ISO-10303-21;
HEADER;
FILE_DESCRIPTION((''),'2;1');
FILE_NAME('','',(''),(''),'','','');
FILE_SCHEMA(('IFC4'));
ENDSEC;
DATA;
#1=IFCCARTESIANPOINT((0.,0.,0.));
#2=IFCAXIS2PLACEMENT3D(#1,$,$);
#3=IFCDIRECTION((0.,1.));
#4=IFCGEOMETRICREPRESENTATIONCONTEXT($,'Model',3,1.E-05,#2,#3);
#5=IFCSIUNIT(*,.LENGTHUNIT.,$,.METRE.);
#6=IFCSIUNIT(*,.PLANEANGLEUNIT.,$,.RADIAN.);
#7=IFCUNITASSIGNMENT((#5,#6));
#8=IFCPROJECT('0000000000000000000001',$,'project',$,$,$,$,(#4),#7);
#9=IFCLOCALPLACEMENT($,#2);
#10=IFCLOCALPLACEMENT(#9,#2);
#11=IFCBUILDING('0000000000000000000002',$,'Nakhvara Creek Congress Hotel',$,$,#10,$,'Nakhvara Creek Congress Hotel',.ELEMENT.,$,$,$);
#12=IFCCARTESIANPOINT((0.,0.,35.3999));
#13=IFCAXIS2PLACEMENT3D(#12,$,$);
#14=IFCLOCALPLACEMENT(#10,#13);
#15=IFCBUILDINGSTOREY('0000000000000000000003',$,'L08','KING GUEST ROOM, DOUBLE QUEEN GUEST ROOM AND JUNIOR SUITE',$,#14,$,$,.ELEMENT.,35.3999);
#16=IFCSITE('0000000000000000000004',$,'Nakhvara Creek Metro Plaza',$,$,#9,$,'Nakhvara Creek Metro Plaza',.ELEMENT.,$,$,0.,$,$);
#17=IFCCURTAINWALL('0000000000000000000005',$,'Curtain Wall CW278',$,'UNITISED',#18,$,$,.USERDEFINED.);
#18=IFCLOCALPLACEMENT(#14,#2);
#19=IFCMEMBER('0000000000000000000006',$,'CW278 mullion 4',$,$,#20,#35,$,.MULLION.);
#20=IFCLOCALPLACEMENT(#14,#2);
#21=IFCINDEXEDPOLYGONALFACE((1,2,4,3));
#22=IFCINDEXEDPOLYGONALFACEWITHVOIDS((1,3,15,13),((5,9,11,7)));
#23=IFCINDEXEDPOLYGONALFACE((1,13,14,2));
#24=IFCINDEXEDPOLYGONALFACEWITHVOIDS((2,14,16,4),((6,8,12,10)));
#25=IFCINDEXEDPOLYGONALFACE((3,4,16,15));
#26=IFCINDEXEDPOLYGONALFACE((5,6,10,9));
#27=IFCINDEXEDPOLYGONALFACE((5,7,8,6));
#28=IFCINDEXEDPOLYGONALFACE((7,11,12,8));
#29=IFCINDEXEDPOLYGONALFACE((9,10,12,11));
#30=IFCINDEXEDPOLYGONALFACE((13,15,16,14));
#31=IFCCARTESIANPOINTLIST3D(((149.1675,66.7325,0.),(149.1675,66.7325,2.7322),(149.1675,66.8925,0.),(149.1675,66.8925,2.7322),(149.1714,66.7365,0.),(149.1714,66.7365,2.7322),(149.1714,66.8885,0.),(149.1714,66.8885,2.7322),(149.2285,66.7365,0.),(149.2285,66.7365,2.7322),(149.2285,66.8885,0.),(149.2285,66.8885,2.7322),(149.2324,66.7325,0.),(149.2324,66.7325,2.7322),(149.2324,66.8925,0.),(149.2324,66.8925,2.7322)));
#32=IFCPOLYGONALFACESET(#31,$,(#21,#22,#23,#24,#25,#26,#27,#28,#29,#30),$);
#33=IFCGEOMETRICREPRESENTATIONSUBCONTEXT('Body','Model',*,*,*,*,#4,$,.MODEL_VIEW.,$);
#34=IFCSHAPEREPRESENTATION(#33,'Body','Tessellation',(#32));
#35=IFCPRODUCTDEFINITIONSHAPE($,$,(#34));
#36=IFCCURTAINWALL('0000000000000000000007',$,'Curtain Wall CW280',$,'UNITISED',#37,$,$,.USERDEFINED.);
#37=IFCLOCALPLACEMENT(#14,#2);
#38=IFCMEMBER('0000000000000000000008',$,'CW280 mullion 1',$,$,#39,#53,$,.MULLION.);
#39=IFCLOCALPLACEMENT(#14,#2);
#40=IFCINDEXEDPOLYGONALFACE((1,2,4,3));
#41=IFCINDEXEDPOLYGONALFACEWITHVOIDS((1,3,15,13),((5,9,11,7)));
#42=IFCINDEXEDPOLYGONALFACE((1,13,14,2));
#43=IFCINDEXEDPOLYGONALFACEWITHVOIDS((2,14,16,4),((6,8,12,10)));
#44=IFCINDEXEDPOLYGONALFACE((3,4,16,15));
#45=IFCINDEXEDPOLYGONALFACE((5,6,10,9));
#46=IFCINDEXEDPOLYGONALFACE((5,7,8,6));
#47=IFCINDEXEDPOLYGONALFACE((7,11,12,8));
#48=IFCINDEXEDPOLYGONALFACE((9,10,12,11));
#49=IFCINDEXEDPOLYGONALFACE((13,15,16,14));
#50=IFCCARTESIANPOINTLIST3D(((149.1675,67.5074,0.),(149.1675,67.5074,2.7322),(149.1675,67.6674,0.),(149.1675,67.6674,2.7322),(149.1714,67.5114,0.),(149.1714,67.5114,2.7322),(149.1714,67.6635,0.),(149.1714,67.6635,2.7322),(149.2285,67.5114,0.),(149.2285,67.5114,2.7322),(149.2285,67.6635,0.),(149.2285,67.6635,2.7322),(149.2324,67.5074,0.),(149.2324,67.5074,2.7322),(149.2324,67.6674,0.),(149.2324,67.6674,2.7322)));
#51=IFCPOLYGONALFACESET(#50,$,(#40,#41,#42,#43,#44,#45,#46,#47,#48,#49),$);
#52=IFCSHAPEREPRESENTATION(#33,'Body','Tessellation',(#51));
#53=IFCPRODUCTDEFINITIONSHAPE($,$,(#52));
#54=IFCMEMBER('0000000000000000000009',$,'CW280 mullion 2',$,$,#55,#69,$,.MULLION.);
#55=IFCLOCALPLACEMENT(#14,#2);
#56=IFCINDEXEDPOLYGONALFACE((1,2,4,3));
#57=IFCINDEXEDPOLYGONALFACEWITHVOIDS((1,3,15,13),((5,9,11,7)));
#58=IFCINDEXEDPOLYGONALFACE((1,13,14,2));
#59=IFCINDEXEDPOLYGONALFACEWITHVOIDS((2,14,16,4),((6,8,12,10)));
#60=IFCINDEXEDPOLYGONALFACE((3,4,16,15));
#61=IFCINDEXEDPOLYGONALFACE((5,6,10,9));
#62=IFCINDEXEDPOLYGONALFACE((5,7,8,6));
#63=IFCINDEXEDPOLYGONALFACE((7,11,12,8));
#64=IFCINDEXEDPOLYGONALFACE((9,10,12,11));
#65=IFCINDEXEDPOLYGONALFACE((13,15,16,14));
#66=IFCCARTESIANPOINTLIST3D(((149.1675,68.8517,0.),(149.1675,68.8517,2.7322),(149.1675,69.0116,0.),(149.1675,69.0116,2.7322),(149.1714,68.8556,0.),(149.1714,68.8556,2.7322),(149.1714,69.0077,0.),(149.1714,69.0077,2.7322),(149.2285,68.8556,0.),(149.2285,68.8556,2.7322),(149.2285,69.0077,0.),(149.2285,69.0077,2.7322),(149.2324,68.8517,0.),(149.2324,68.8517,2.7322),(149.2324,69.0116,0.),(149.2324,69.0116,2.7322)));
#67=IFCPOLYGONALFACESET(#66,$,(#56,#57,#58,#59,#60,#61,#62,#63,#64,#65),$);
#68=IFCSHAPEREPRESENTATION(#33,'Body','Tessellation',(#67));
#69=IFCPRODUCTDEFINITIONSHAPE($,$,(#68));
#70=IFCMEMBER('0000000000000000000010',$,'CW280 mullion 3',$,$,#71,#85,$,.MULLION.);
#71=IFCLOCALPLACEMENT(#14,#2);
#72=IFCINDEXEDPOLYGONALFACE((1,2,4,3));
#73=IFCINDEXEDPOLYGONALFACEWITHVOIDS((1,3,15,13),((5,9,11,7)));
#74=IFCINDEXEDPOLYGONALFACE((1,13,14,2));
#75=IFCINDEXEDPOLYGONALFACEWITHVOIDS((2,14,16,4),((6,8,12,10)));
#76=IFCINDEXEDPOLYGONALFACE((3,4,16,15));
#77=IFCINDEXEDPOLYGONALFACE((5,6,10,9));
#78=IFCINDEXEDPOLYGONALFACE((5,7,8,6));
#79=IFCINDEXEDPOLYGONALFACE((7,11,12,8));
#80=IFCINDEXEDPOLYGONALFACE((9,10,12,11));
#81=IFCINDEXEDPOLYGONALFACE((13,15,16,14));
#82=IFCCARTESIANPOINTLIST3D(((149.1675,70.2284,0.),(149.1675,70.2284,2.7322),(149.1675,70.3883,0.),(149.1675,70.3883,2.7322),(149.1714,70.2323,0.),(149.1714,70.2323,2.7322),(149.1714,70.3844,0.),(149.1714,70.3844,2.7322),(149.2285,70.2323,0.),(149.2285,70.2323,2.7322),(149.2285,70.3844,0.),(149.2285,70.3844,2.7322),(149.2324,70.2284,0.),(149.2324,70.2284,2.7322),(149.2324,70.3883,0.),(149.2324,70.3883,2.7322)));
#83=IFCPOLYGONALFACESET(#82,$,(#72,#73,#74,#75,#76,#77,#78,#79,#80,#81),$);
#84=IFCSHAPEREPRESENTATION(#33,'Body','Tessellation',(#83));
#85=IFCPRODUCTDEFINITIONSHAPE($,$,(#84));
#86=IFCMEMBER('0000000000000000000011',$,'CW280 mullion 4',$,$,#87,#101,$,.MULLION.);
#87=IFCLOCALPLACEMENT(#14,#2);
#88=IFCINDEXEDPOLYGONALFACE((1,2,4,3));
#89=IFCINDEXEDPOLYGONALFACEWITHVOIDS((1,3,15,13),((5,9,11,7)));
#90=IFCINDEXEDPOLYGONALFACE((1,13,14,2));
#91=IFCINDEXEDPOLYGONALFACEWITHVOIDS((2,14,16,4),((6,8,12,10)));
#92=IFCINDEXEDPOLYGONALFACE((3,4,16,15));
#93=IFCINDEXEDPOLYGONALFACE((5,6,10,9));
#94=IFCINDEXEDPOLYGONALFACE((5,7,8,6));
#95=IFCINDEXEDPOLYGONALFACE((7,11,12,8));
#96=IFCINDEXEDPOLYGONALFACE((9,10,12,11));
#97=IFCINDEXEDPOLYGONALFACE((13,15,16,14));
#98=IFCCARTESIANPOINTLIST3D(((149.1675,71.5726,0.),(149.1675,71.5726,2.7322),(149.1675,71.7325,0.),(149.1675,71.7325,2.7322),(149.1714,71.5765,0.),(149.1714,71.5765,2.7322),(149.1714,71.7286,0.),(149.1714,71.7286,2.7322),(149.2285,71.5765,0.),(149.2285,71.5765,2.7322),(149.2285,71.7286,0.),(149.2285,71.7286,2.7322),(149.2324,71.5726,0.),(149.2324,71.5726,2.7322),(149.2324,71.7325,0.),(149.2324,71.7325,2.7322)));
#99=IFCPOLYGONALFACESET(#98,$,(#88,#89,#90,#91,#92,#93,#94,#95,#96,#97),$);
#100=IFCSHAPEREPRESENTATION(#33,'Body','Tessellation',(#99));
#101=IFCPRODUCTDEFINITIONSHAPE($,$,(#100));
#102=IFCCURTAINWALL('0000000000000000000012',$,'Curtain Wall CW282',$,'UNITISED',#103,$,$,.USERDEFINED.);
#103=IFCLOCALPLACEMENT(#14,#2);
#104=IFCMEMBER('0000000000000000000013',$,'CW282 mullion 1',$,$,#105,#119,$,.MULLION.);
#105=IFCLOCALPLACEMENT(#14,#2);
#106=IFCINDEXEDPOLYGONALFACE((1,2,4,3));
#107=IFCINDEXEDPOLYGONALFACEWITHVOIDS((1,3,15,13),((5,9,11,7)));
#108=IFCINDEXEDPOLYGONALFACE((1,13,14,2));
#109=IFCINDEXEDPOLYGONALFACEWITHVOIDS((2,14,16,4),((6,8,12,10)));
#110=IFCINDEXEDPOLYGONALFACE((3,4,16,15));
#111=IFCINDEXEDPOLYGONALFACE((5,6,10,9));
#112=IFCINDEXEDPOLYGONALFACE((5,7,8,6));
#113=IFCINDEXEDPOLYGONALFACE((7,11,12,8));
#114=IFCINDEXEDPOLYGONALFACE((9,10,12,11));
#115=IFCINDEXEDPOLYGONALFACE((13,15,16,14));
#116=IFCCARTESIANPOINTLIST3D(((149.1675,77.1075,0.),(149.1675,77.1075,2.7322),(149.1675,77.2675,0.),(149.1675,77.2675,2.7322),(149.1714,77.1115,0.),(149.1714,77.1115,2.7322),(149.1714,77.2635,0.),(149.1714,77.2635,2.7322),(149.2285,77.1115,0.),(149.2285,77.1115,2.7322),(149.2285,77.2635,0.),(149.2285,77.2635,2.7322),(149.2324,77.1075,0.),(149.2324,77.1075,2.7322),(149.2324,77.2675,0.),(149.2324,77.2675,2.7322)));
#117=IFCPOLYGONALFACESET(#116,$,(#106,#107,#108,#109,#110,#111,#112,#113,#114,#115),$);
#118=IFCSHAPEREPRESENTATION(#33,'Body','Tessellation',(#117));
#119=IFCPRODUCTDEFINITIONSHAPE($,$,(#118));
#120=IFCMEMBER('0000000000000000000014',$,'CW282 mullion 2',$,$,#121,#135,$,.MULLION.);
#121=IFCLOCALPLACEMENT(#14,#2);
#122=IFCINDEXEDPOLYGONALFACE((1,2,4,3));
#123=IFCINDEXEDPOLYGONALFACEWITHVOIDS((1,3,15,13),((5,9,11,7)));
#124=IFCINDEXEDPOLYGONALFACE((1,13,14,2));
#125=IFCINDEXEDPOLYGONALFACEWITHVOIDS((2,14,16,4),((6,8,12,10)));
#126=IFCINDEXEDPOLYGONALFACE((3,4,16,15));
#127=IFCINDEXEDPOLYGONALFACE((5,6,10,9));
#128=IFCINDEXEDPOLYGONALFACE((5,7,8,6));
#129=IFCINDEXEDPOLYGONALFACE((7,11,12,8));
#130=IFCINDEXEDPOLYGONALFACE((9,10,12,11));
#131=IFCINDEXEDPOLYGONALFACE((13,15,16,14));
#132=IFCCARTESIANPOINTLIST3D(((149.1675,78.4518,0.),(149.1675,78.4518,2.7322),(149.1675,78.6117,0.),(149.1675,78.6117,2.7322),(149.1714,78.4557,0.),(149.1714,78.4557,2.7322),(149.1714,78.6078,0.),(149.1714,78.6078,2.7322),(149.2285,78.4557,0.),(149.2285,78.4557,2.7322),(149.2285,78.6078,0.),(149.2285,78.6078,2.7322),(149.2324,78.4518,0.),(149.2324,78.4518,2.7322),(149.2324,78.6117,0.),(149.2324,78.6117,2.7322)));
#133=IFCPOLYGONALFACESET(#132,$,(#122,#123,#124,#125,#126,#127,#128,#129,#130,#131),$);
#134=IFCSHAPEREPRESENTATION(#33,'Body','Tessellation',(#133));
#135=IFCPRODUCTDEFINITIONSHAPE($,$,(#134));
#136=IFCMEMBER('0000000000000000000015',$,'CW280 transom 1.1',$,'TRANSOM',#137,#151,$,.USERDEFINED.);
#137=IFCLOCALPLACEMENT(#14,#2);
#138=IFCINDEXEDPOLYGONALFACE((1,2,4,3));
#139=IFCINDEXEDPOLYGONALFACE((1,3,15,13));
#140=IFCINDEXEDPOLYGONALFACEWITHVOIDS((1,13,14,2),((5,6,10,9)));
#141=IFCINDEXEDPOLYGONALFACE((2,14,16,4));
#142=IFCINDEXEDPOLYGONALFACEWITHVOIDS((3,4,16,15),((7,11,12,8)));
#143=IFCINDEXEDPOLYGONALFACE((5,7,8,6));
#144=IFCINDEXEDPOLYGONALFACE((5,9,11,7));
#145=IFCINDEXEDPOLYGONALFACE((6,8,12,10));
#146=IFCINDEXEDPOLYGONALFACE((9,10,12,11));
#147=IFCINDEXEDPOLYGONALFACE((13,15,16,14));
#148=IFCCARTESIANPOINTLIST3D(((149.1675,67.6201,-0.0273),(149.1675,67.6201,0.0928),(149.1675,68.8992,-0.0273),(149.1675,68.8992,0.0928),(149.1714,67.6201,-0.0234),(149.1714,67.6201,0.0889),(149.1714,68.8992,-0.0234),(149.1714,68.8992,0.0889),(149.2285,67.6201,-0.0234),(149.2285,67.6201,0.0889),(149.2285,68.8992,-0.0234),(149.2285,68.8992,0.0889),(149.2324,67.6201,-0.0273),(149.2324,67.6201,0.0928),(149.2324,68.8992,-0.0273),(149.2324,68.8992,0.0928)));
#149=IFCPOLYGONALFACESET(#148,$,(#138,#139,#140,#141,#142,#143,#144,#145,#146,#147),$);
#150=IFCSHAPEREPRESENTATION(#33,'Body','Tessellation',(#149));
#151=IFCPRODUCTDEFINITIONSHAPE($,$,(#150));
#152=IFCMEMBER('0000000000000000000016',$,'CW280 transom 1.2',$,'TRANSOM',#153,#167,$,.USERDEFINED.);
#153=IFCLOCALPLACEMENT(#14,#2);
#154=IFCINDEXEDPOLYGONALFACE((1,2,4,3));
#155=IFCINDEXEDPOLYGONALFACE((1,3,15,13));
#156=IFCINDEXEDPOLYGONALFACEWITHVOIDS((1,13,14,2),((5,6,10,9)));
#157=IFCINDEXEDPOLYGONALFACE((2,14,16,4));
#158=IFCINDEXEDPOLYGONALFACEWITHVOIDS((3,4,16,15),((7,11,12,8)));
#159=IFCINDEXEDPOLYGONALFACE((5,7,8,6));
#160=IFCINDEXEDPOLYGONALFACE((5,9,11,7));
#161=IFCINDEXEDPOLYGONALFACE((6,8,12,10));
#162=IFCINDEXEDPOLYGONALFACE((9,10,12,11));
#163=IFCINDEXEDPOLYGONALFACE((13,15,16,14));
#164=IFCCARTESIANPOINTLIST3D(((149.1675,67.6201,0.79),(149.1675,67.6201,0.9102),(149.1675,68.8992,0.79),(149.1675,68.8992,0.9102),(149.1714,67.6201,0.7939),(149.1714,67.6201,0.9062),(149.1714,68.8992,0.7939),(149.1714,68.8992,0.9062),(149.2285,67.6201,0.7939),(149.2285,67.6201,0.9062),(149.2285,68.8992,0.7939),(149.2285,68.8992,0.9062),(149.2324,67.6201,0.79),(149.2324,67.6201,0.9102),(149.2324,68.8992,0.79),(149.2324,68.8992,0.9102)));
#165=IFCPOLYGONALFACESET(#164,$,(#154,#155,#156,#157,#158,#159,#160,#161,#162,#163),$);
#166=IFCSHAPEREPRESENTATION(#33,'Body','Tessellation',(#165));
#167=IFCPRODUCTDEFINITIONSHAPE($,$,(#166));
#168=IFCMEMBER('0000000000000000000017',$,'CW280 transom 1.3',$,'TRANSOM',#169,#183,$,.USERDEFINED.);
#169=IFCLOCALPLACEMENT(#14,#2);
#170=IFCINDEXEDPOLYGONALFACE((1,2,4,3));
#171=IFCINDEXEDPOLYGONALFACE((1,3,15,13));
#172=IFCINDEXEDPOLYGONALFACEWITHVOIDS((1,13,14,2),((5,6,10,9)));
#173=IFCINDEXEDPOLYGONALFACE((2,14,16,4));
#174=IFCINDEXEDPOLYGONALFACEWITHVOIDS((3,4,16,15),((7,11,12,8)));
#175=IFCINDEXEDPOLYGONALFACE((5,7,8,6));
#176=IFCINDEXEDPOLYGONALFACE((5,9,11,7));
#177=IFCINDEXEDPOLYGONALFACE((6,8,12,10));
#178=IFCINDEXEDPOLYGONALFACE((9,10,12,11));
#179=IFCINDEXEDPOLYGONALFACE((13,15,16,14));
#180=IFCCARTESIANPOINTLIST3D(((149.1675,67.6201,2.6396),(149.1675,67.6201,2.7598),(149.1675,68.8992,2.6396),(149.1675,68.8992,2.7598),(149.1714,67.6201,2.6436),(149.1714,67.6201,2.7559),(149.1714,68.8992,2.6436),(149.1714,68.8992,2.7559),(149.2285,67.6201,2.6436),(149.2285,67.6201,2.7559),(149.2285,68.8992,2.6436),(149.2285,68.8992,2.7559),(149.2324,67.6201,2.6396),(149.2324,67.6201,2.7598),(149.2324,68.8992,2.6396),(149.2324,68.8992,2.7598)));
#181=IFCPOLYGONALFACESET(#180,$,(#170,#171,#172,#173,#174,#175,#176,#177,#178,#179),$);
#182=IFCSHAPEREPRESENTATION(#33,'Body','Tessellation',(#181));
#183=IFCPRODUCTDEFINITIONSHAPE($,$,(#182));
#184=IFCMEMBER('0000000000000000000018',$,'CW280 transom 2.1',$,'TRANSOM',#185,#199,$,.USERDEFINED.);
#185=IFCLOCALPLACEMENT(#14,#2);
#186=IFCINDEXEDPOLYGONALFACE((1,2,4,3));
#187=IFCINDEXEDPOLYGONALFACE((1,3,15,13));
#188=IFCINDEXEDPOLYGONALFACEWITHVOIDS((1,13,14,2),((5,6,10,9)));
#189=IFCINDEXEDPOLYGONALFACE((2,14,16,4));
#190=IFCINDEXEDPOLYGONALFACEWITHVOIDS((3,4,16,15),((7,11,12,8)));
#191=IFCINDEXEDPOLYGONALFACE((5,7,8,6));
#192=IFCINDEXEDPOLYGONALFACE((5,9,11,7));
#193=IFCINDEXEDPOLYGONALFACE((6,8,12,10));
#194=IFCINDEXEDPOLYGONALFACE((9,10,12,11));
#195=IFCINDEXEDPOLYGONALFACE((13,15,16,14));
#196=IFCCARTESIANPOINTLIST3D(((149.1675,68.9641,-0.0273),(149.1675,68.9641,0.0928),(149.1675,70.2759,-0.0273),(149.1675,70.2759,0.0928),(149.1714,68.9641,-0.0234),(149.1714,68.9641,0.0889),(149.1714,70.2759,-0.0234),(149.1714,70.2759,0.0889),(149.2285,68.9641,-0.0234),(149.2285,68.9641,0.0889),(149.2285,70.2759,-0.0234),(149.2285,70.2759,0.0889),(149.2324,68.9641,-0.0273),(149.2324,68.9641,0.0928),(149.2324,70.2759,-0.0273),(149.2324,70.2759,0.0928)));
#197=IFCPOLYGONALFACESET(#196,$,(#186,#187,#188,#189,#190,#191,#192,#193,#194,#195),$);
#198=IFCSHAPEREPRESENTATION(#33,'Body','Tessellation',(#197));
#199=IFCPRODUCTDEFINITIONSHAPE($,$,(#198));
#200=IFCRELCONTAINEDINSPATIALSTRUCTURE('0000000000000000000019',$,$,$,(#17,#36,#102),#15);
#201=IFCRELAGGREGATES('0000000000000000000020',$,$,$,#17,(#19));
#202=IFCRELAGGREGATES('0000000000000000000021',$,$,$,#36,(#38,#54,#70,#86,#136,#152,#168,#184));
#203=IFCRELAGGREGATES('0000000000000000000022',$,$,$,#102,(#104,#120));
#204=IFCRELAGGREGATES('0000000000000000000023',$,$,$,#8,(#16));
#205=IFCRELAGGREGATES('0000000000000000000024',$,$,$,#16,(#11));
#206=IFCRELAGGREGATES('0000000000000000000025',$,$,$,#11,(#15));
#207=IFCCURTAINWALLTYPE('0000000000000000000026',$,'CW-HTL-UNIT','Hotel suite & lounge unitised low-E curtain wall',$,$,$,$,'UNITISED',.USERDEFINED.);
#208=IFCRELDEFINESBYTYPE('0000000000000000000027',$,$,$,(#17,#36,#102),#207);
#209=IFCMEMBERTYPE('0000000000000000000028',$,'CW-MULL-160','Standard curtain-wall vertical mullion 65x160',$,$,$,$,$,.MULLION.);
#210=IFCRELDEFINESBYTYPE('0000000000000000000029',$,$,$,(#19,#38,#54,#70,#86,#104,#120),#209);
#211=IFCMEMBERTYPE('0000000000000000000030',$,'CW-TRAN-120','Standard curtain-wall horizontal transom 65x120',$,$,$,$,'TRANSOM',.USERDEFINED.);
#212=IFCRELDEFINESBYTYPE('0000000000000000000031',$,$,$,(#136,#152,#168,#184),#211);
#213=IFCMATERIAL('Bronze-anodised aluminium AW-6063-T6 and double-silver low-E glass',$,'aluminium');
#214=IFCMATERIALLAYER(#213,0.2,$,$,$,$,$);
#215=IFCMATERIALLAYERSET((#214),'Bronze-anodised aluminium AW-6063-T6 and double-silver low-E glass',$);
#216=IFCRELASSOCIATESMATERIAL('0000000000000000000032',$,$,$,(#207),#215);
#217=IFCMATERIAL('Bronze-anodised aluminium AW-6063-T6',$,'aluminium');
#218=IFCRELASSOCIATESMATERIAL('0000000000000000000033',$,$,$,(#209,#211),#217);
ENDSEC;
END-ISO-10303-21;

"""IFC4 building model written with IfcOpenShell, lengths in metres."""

from ifc_helpers import new_model, si_unit, direction, frame, origin, origin_2d, place, context, subcontext, project, spatial, hollow_rectangle, extrude, material, layer, layer_set, material_profile, profile_set, type_object, element, aggregate, save


model = new_model("IFC4")

# Units and contexts
model_context = context("Model", 3, precision=1e-05, world=origin(), true_north=direction((0.0, 1.0)))
body_context = subcontext(model_context, "Body", "Model", "MODEL_VIEW")
ifc_project = project(units=[si_unit("LENGTHUNIT", "METRE"), si_unit("PLANEANGLEUNIT", "RADIAN")], contexts=[model_context])

# Site, building, storey
site_placement = place(None, origin())
site = spatial("IfcSite", under=ifc_project, at=site_placement, Name="Nakhvara Creek Metro Plaza", LongName="Nakhvara Creek Metro Plaza", CompositionType="ELEMENT", RefElevation=0.0)
building_placement = place(site_placement, origin())
building = spatial("IfcBuilding", under=site, at=building_placement, Name="Nakhvara Creek Congress Hotel", LongName="Nakhvara Creek Congress Hotel", CompositionType="ELEMENT")
storey_placement = place(building_placement, frame((0.0, 0.0, 35.3999)))
storey = spatial("IfcBuildingStorey", under=building, at=storey_placement, Name="L08", Description="KING GUEST ROOM, DOUBLE QUEEN GUEST ROOM AND JUNIOR SUITE", CompositionType="ELEMENT", Elevation=35.3999)

# Curtain wall, member
ifc_material_1 = material(Name="Bronze-anodised aluminium AW-6063-T6 and double-silver low-E glass", Category="aluminium")
ifc_layer = layer(ifc_material_1, 0.2)
ifc_layer_set = layer_set([ifc_layer], Name="Bronze-anodised aluminium AW-6063-T6 and double-silver low-E glass")
curtain_wall_type = type_object("IfcCurtainWallType", Name="CW-HTL-UNIT", Description="Hotel suite & lounge unitised low-E curtain wall", ElementType="UNITISED", PredefinedType="USERDEFINED", material=ifc_layer_set)
curtain_wall_1_placement = place(storey_placement, origin())
curtain_wall_1 = element("IfcCurtainWall", 1, at=curtain_wall_1_placement, inside=storey, type_object=curtain_wall_type, Name="Curtain Wall CW278", ObjectType="UNITISED", PredefinedType="USERDEFINED")
ifc_material_2 = material(Name="Bronze-anodised aluminium AW-6063-T6", Category="aluminium")
ifc_material_profile_1 = material_profile(ifc_material_2, hollow_rectangle(XDim=0.0649, YDim=0.1599, WallThickness=0.0039, at=origin_2d()), Name="ALU-MULL 65x160x4", Category="LoadBearing")
ifc_profile_set_1 = profile_set([ifc_material_profile_1], Name="Bronze-anodised aluminium AW-6063-T6")
member_type_1 = type_object("IfcMemberType", Name="CW-MULL-160", Description="Standard curtain-wall vertical mullion 65x160", PredefinedType="MULLION", material=ifc_profile_set_1)
member_1_placement = place(storey_placement, frame((149.2, 66.8125, 0.0), z_axis=(0.0, 0.0, 1.0), x_axis=(-1.0, 0.0, 0.0)))
member_1 = element("IfcMember", 2, at=member_1_placement, type_object=member_type_1, Name="CW278 mullion 4", PredefinedType="MULLION", context=body_context, shape_type="SweptSolid", body=[
    extrude(hollow_rectangle(XDim=0.0649, YDim=0.1599, WallThickness=0.0039, at=origin_2d()), origin(), (0.0, 0.0, 1.0), 2.7322),
])

# Curtain walls, members
curtain_wall_2_placement = place(storey_placement, origin())
curtain_wall_2 = element("IfcCurtainWall", 3, at=curtain_wall_2_placement, inside=storey, type_object=curtain_wall_type, Name="Curtain Wall CW280", ObjectType="UNITISED", PredefinedType="USERDEFINED")
member_2_placement = place(storey_placement, frame((149.2, 67.5874, 0.0), z_axis=(0.0, 0.0, 1.0), x_axis=(-1.0, 0.0, 0.0)))
member_2 = element("IfcMember", 4, at=member_2_placement, type_object=member_type_1, Name="CW280 mullion 1", PredefinedType="MULLION", context=body_context, shape_type="SweptSolid", body=[
    extrude(hollow_rectangle(XDim=0.0649, YDim=0.1599, WallThickness=0.0039, at=origin_2d()), origin(), (0.0, 0.0, 1.0), 2.7322),
])
member_3_placement = place(storey_placement, frame((149.2, 68.9316, 0.0), z_axis=(0.0, 0.0, 1.0), x_axis=(-1.0, 0.0, 0.0)))
member_3 = element("IfcMember", 5, at=member_3_placement, type_object=member_type_1, Name="CW280 mullion 2", PredefinedType="MULLION", context=body_context, shape_type="SweptSolid", body=[
    extrude(hollow_rectangle(XDim=0.0649, YDim=0.1599, WallThickness=0.0039, at=origin_2d()), origin(), (0.0, 0.0, 1.0), 2.7322),
])
member_4_placement = place(storey_placement, frame((149.2, 70.3083, 0.0), z_axis=(0.0, 0.0, 1.0), x_axis=(-1.0, 0.0, 0.0)))
member_4 = element("IfcMember", 6, at=member_4_placement, type_object=member_type_1, Name="CW280 mullion 3", PredefinedType="MULLION", context=body_context, shape_type="SweptSolid", body=[
    extrude(hollow_rectangle(XDim=0.0649, YDim=0.1599, WallThickness=0.0039, at=origin_2d()), origin(), (0.0, 0.0, 1.0), 2.7322),
])
member_5_placement = place(storey_placement, frame((149.2, 71.6526, 0.0), z_axis=(0.0, 0.0, 1.0), x_axis=(-1.0, 0.0, 0.0)))
member_5 = element("IfcMember", 7, at=member_5_placement, type_object=member_type_1, Name="CW280 mullion 4", PredefinedType="MULLION", context=body_context, shape_type="SweptSolid", body=[
    extrude(hollow_rectangle(XDim=0.0649, YDim=0.1599, WallThickness=0.0039, at=origin_2d()), origin(), (0.0, 0.0, 1.0), 2.7322),
])
curtain_wall_3_placement = place(storey_placement, origin())
curtain_wall_3 = element("IfcCurtainWall", 8, at=curtain_wall_3_placement, inside=storey, type_object=curtain_wall_type, Name="Curtain Wall CW282", ObjectType="UNITISED", PredefinedType="USERDEFINED")
member_6_placement = place(storey_placement, frame((149.2, 77.1875, 0.0), z_axis=(0.0, 0.0, 1.0), x_axis=(-1.0, 0.0, 0.0)))
member_6 = element("IfcMember", 9, at=member_6_placement, type_object=member_type_1, Name="CW282 mullion 1", PredefinedType="MULLION", context=body_context, shape_type="SweptSolid", body=[
    extrude(hollow_rectangle(XDim=0.0649, YDim=0.1599, WallThickness=0.0039, at=origin_2d()), origin(), (0.0, 0.0, 1.0), 2.7322),
])
member_7_placement = place(storey_placement, frame((149.2, 78.5317, 0.0), z_axis=(0.0, 0.0, 1.0), x_axis=(-1.0, 0.0, 0.0)))
member_7 = element("IfcMember", 10, at=member_7_placement, type_object=member_type_1, Name="CW282 mullion 2", PredefinedType="MULLION", context=body_context, shape_type="SweptSolid", body=[
    extrude(hollow_rectangle(XDim=0.0649, YDim=0.1599, WallThickness=0.0039, at=origin_2d()), origin(), (0.0, 0.0, 1.0), 2.7322),
])

# Members
ifc_material_profile_2 = material_profile(ifc_material_2, hollow_rectangle(XDim=0.0649, YDim=0.1201, WallThickness=0.0039, at=origin_2d()), Name="ALU-TRAN 65x120x4", Category="LoadBearing")
ifc_profile_set_2 = profile_set([ifc_material_profile_2], Name="Bronze-anodised aluminium AW-6063-T6")
member_type_2 = type_object("IfcMemberType", Name="CW-TRAN-120", Description="Standard curtain-wall horizontal transom 65x120", ElementType="TRANSOM", PredefinedType="USERDEFINED", material=ifc_profile_set_2)
member_8_placement = place(storey_placement, frame((149.2, 67.6201, 0.0327), z_axis=(0.0, 1.0, 0.0), x_axis=(-1.0, 0.0, 0.0)))
member_8 = element("IfcMember", 11, at=member_8_placement, type_object=member_type_2, Name="CW280 transom 1.1", ObjectType="TRANSOM", PredefinedType="USERDEFINED", context=body_context, shape_type="SweptSolid", body=[
    extrude(hollow_rectangle(XDim=0.0649, YDim=0.1201, WallThickness=0.0039, at=origin_2d()), origin(), (0.0, 0.0, 1.0), 1.2791),
])
member_9_placement = place(storey_placement, frame((149.2, 67.6201, 0.8501), z_axis=(0.0, 1.0, 0.0), x_axis=(-1.0, 0.0, 0.0)))
member_9 = element("IfcMember", 12, at=member_9_placement, type_object=member_type_2, Name="CW280 transom 1.2", ObjectType="TRANSOM", PredefinedType="USERDEFINED", context=body_context, shape_type="SweptSolid", body=[
    extrude(hollow_rectangle(XDim=0.0649, YDim=0.1201, WallThickness=0.0039, at=origin_2d()), origin(), (0.0, 0.0, 1.0), 1.2791),
])
member_10_placement = place(storey_placement, frame((149.2, 67.6201, 2.6997), z_axis=(0.0, 1.0, 0.0), x_axis=(-1.0, 0.0, 0.0)))
member_10 = element("IfcMember", 13, at=member_10_placement, type_object=member_type_2, Name="CW280 transom 1.3", ObjectType="TRANSOM", PredefinedType="USERDEFINED", context=body_context, shape_type="SweptSolid", body=[
    extrude(hollow_rectangle(XDim=0.0649, YDim=0.1201, WallThickness=0.0039, at=origin_2d()), origin(), (0.0, 0.0, 1.0), 1.2791),
])
member_11_placement = place(storey_placement, frame((149.2, 68.9641, 0.0327), z_axis=(0.0, 1.0, 0.0), x_axis=(-1.0, 0.0, 0.0)))
member_11 = element("IfcMember", 14, at=member_11_placement, type_object=member_type_2, Name="CW280 transom 2.1", ObjectType="TRANSOM", PredefinedType="USERDEFINED", context=body_context, shape_type="SweptSolid", body=[
    extrude(hollow_rectangle(XDim=0.0649, YDim=0.1201, WallThickness=0.0039, at=origin_2d()), origin(), (0.0, 0.0, 1.0), 1.3118),
])

aggregate(curtain_wall_1, [member_1])
aggregate(curtain_wall_2, [member_2, member_3, member_4, member_5, member_8, member_9, member_10, member_11])
aggregate(curtain_wall_3, [member_6, member_7])

save(model, "model.ifc")
